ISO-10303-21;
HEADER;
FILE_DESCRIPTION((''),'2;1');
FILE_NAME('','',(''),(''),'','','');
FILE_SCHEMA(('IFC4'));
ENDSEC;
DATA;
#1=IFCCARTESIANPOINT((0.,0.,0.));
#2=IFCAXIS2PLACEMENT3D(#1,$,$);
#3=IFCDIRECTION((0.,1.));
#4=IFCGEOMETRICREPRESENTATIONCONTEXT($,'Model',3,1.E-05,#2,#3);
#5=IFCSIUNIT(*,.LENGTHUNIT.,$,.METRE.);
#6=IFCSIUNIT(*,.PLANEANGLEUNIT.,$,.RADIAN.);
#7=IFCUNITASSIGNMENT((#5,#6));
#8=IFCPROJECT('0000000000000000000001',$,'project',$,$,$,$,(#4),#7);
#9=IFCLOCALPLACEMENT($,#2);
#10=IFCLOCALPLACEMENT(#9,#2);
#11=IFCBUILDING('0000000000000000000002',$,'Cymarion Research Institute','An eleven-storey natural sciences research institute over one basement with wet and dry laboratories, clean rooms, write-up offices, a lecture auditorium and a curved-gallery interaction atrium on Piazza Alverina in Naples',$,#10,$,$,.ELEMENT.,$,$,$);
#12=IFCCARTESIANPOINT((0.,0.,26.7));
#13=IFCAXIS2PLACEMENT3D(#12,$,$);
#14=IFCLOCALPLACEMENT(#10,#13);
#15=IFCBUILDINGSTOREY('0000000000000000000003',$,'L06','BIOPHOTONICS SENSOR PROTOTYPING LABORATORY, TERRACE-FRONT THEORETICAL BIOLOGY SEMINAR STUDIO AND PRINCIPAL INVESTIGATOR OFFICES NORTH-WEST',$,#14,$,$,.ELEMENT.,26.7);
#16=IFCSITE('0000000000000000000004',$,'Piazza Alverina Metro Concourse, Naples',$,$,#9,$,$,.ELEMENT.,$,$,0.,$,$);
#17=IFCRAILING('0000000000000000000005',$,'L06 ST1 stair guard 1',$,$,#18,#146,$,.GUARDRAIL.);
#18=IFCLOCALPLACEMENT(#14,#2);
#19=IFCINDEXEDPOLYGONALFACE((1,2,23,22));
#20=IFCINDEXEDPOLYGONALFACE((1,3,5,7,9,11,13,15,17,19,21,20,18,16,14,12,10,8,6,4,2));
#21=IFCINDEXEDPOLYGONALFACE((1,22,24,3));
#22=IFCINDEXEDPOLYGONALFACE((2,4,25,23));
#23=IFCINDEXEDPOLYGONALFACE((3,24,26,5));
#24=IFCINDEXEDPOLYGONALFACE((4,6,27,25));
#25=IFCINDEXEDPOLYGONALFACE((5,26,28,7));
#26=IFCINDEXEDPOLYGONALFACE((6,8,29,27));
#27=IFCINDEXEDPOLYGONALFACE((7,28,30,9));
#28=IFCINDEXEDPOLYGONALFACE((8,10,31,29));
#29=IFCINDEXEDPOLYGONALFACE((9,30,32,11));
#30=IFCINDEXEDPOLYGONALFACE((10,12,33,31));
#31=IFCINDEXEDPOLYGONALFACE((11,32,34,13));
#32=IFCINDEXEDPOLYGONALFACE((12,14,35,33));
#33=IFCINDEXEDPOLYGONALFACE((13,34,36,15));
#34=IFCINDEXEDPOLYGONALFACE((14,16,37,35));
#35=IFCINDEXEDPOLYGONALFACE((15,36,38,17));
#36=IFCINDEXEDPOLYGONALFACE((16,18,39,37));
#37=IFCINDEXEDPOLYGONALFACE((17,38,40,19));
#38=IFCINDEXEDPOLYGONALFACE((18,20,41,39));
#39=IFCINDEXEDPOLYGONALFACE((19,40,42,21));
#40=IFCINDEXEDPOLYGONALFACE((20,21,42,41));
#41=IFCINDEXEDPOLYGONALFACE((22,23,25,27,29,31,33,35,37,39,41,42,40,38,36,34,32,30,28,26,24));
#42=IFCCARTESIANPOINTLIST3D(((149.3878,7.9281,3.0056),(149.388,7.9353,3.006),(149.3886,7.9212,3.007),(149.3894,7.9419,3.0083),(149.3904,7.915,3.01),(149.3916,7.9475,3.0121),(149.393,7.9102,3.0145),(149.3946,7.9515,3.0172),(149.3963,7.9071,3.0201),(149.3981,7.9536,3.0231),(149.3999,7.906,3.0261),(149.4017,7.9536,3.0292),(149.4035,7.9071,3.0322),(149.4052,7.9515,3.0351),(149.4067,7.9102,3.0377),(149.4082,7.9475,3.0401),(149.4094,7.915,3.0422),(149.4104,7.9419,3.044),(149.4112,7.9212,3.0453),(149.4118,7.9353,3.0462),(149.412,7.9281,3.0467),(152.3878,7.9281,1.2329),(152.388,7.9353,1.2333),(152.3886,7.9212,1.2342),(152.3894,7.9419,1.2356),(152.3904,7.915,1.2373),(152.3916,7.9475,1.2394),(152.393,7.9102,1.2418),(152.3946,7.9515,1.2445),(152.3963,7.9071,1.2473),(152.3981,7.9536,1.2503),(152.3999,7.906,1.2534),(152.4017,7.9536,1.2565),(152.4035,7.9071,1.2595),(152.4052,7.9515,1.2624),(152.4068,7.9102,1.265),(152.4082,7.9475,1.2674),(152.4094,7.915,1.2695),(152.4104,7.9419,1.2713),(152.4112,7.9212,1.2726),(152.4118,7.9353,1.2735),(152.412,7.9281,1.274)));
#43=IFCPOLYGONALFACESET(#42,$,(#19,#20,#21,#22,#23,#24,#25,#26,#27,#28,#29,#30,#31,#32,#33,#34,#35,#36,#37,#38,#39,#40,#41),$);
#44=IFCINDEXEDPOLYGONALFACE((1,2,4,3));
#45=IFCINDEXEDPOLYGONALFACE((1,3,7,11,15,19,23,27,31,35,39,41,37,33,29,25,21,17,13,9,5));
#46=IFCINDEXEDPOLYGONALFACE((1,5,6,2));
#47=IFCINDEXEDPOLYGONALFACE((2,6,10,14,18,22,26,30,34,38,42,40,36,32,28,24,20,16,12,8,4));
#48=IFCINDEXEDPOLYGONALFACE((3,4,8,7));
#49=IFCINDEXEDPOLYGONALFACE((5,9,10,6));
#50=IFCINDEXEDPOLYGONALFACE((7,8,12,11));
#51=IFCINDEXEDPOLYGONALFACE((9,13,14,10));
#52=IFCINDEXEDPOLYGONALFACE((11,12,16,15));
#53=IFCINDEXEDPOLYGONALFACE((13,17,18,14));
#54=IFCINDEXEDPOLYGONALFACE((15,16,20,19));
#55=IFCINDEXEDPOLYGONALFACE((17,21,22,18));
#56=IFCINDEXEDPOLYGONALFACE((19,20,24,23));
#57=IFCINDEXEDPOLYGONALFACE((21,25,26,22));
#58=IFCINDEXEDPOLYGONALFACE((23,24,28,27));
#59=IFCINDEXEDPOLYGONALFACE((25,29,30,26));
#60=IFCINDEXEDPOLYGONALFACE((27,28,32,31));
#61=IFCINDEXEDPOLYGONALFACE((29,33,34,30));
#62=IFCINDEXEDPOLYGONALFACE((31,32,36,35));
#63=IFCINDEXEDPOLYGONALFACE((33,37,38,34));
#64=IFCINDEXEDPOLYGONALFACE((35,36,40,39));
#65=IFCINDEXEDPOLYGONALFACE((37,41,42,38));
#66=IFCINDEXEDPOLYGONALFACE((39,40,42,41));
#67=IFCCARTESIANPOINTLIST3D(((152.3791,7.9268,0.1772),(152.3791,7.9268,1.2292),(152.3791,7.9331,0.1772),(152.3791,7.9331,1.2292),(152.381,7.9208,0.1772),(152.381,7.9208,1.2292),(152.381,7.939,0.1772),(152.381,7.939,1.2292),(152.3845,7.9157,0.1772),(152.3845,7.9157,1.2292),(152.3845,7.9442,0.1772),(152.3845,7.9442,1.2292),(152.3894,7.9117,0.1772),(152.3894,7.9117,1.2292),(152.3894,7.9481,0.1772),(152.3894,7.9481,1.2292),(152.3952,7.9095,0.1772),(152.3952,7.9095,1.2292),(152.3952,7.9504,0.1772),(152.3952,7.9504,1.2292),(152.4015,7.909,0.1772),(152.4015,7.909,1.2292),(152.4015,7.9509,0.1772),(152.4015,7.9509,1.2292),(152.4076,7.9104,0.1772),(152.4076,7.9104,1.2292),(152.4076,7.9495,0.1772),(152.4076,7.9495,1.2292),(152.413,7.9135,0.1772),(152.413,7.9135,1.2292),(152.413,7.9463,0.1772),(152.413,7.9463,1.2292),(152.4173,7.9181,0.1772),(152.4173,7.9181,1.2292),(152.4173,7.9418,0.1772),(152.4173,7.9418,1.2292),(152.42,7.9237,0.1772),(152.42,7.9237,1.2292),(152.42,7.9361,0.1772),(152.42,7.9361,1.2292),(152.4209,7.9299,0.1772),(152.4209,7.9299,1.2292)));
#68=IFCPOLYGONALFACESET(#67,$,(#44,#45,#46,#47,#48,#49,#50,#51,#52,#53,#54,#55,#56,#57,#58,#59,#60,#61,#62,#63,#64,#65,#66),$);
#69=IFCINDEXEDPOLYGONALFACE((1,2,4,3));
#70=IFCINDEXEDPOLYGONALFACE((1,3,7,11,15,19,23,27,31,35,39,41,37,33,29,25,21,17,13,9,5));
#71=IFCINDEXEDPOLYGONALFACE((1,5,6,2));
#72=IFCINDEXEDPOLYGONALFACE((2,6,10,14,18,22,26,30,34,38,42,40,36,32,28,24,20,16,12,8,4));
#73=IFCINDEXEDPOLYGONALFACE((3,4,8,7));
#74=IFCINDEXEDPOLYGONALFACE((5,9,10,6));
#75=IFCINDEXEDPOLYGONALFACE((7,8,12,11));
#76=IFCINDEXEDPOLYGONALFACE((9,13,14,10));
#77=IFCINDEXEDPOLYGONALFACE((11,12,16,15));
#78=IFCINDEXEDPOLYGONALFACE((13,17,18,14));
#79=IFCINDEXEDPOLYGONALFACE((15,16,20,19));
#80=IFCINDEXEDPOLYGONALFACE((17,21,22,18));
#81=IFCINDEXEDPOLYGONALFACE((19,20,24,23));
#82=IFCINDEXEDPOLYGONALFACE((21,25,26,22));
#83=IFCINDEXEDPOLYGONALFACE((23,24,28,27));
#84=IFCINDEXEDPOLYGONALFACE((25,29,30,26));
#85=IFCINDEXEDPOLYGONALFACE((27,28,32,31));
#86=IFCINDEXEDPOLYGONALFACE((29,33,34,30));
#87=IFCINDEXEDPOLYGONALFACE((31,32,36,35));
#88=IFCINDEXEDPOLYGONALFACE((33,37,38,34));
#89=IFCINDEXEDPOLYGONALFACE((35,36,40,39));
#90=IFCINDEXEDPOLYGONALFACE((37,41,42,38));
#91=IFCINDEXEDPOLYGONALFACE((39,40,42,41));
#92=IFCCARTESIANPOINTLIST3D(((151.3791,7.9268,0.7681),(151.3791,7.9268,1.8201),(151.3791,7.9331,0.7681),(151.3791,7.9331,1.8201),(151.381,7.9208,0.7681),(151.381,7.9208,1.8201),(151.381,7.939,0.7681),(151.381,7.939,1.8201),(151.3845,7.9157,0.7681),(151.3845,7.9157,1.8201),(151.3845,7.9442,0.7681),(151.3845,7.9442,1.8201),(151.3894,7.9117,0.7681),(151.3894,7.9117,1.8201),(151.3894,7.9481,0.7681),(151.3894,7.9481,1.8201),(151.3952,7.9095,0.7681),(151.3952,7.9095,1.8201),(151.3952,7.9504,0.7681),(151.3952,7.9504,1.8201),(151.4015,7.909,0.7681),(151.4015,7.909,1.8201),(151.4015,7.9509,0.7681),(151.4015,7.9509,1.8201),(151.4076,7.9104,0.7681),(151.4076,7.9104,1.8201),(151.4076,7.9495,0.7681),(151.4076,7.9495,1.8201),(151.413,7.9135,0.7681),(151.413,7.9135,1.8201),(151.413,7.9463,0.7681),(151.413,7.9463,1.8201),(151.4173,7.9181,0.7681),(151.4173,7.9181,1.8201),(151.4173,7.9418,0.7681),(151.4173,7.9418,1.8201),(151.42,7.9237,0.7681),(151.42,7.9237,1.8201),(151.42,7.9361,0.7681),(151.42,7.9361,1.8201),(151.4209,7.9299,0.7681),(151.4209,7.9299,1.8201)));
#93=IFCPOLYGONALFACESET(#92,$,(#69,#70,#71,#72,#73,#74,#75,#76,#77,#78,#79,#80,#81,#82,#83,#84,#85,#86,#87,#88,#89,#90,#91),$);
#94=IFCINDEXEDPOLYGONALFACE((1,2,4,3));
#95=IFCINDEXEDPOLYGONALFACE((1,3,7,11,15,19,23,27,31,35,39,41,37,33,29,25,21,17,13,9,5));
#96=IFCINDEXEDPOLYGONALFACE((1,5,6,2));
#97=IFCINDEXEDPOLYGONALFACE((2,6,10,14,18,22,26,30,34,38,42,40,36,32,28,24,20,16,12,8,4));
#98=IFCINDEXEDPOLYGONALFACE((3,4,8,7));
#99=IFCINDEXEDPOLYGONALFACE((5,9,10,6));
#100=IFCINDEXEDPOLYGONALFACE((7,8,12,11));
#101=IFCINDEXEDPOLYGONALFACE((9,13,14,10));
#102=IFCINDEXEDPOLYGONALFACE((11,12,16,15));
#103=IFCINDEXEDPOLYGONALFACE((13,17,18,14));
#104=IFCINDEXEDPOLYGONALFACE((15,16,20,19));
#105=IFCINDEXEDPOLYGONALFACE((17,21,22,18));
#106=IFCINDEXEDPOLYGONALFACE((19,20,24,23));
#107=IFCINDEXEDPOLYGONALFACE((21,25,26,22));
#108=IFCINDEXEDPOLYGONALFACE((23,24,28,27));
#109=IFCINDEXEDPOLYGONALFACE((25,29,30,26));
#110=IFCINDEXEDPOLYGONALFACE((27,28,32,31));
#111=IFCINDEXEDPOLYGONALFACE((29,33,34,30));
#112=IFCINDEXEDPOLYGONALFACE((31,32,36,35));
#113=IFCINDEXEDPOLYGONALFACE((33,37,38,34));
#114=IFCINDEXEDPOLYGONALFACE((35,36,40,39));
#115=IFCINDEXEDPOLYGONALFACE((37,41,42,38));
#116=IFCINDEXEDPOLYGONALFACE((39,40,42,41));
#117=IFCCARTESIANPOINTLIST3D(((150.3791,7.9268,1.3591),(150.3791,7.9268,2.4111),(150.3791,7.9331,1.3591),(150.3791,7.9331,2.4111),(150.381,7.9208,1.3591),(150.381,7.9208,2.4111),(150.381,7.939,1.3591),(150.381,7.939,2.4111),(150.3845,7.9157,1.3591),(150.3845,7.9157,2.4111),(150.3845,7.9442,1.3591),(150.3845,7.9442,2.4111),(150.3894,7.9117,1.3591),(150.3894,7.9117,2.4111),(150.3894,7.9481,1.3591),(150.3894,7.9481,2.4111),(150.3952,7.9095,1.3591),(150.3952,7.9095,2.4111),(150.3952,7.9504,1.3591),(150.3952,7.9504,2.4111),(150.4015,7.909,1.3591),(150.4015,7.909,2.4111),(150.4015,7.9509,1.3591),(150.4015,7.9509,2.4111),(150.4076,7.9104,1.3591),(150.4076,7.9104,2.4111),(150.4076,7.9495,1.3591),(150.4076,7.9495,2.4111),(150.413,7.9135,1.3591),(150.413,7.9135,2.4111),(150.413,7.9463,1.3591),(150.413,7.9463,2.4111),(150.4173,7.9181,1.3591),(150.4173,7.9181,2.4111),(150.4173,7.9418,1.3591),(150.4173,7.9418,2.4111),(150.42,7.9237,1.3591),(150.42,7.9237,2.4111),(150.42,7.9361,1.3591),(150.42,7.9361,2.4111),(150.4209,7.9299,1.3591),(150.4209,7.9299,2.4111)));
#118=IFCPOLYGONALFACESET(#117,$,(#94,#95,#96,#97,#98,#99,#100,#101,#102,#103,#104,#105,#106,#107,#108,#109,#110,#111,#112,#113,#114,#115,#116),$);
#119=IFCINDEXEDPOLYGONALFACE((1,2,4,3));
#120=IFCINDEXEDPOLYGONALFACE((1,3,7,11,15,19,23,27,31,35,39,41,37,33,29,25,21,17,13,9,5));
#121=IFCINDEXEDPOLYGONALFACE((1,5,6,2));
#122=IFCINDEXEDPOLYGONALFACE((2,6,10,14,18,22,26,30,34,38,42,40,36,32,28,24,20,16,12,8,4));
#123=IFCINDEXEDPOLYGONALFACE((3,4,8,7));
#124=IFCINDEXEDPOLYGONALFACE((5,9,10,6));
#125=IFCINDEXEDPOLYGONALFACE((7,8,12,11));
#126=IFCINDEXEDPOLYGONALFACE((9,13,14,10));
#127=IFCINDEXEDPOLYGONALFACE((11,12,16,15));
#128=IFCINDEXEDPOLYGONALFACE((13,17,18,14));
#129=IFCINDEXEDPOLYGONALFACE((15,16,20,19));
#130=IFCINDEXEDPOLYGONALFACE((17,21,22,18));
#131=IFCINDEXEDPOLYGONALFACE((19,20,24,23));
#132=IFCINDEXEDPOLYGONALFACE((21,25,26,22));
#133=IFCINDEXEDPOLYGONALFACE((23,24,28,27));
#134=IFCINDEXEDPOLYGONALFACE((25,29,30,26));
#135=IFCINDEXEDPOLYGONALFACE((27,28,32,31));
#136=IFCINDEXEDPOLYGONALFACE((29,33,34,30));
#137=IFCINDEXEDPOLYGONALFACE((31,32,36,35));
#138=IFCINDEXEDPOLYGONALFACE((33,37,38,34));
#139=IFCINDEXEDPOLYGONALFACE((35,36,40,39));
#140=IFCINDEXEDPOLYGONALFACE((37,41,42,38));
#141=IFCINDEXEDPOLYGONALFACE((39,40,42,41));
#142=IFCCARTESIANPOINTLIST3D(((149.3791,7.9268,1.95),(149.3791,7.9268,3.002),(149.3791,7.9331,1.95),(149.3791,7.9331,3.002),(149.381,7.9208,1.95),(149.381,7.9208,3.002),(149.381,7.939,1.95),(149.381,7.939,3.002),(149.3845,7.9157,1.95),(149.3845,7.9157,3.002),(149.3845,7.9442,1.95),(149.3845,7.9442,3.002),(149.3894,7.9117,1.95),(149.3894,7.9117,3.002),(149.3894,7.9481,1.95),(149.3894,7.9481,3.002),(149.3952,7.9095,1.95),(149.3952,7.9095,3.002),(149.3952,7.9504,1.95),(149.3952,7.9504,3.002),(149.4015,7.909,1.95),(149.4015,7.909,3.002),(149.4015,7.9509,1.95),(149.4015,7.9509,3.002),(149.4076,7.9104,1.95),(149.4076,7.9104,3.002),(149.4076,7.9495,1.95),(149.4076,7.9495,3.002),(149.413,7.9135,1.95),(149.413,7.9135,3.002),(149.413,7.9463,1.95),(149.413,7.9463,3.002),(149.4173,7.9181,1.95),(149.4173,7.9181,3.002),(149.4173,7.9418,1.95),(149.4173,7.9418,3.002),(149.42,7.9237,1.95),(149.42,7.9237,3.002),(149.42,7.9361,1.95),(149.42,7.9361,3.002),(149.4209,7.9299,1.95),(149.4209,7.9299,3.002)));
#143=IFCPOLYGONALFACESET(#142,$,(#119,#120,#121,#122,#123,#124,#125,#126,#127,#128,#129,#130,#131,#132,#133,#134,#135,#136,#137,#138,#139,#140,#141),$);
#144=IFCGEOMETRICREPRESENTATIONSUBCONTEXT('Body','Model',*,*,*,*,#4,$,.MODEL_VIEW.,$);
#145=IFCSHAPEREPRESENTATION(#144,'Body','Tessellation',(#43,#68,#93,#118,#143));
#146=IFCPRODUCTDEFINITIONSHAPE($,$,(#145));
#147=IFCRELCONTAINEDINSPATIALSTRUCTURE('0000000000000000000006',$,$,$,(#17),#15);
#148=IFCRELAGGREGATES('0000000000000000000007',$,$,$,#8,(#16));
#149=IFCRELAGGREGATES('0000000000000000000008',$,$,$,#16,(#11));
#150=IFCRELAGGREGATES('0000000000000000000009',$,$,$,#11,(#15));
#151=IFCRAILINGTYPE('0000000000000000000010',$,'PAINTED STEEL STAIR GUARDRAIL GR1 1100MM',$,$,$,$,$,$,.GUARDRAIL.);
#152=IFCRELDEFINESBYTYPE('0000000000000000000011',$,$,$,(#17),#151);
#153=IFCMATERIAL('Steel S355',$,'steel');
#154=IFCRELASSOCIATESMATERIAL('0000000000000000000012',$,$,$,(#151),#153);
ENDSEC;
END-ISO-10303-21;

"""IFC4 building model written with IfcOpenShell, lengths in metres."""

from ifc_helpers import new_model, si_unit, direction, frame, origin, origin_2d, place, context, subcontext, project, spatial, circle, extrude, material, type_object, element, save


model = new_model("IFC4")

# Units and contexts
model_context = context("Model", 3, precision=1e-05, world=origin(), true_north=direction((0.0, 1.0)))
body_context = subcontext(model_context, "Body", "Model", "MODEL_VIEW")
ifc_project = project(units=[si_unit("LENGTHUNIT", "METRE"), si_unit("PLANEANGLEUNIT", "RADIAN")], contexts=[model_context])

# Site, building, storey
site_placement = place(None, origin())
site = spatial("IfcSite", under=ifc_project, at=site_placement, Name="Piazza Alverina Metro Concourse, Naples", CompositionType="ELEMENT", RefElevation=0.0)
building_placement = place(site_placement, origin())
building = spatial("IfcBuilding", under=site, at=building_placement, Name="Cymarion Research Institute", Description="An eleven-storey natural sciences research institute over one basement with wet and dry laboratories, clean rooms, write-up offices, a lecture auditorium and a curved-gallery interaction atrium on Piazza Alverina in Naples", CompositionType="ELEMENT")
storey_placement = place(building_placement, frame((0.0, 0.0, 26.7)))
storey = spatial("IfcBuildingStorey", under=building, at=storey_placement, Name="L06", Description="BIOPHOTONICS SENSOR PROTOTYPING LABORATORY, TERRACE-FRONT THEORETICAL BIOLOGY SEMINAR STUDIO AND PRINCIPAL INVESTIGATOR OFFICES NORTH-WEST", CompositionType="ELEMENT", Elevation=26.7)

# Shared definitions
ifc_material_1 = material(Name="Steel S355", Category="steel")

# Railing
railing_type_1 = type_object("IfcRailingType", Name="PAINTED STEEL STAIR GUARDRAIL GR1 1100MM", PredefinedType="GUARDRAIL", material=ifc_material_1)
railing_1_placement = place(storey_placement, frame((152.3999, 7.9299, 0.1772)))
element("IfcRailing", 1, at=railing_1_placement, inside=storey, type_object=railing_type_1, Name="L06 ST1 stair guard 1", PredefinedType="GUARDRAIL", context=body_context, shape_type="SweptSolid", body=[
    extrude(circle(Radius=0.0239, at=origin_2d()), frame((0.0, 0.0, 1.0762), z_axis=(-0.860929, 0.0, 0.508725), x_axis=(0.0, -1.0, 0.0)), (0.0, 0.0, 1.0), 3.4846),
    extrude(circle(Radius=0.021, at=origin_2d()), origin(), (0.0, 0.0, 1.0), 1.052),
    extrude(circle(Radius=0.021, at=origin_2d()), frame((-1.0, 0.0, 0.5908)), (0.0, 0.0, 1.0), 1.052),
    extrude(circle(Radius=0.021, at=origin_2d()), frame((-2.0, 0.0, 1.1819)), (0.0, 0.0, 1.0), 1.052),
    extrude(circle(Radius=0.021, at=origin_2d()), frame((-3.0, 0.0, 1.7727)), (0.0, 0.0, 1.0), 1.052),
])

save(model, "model.ifc")
